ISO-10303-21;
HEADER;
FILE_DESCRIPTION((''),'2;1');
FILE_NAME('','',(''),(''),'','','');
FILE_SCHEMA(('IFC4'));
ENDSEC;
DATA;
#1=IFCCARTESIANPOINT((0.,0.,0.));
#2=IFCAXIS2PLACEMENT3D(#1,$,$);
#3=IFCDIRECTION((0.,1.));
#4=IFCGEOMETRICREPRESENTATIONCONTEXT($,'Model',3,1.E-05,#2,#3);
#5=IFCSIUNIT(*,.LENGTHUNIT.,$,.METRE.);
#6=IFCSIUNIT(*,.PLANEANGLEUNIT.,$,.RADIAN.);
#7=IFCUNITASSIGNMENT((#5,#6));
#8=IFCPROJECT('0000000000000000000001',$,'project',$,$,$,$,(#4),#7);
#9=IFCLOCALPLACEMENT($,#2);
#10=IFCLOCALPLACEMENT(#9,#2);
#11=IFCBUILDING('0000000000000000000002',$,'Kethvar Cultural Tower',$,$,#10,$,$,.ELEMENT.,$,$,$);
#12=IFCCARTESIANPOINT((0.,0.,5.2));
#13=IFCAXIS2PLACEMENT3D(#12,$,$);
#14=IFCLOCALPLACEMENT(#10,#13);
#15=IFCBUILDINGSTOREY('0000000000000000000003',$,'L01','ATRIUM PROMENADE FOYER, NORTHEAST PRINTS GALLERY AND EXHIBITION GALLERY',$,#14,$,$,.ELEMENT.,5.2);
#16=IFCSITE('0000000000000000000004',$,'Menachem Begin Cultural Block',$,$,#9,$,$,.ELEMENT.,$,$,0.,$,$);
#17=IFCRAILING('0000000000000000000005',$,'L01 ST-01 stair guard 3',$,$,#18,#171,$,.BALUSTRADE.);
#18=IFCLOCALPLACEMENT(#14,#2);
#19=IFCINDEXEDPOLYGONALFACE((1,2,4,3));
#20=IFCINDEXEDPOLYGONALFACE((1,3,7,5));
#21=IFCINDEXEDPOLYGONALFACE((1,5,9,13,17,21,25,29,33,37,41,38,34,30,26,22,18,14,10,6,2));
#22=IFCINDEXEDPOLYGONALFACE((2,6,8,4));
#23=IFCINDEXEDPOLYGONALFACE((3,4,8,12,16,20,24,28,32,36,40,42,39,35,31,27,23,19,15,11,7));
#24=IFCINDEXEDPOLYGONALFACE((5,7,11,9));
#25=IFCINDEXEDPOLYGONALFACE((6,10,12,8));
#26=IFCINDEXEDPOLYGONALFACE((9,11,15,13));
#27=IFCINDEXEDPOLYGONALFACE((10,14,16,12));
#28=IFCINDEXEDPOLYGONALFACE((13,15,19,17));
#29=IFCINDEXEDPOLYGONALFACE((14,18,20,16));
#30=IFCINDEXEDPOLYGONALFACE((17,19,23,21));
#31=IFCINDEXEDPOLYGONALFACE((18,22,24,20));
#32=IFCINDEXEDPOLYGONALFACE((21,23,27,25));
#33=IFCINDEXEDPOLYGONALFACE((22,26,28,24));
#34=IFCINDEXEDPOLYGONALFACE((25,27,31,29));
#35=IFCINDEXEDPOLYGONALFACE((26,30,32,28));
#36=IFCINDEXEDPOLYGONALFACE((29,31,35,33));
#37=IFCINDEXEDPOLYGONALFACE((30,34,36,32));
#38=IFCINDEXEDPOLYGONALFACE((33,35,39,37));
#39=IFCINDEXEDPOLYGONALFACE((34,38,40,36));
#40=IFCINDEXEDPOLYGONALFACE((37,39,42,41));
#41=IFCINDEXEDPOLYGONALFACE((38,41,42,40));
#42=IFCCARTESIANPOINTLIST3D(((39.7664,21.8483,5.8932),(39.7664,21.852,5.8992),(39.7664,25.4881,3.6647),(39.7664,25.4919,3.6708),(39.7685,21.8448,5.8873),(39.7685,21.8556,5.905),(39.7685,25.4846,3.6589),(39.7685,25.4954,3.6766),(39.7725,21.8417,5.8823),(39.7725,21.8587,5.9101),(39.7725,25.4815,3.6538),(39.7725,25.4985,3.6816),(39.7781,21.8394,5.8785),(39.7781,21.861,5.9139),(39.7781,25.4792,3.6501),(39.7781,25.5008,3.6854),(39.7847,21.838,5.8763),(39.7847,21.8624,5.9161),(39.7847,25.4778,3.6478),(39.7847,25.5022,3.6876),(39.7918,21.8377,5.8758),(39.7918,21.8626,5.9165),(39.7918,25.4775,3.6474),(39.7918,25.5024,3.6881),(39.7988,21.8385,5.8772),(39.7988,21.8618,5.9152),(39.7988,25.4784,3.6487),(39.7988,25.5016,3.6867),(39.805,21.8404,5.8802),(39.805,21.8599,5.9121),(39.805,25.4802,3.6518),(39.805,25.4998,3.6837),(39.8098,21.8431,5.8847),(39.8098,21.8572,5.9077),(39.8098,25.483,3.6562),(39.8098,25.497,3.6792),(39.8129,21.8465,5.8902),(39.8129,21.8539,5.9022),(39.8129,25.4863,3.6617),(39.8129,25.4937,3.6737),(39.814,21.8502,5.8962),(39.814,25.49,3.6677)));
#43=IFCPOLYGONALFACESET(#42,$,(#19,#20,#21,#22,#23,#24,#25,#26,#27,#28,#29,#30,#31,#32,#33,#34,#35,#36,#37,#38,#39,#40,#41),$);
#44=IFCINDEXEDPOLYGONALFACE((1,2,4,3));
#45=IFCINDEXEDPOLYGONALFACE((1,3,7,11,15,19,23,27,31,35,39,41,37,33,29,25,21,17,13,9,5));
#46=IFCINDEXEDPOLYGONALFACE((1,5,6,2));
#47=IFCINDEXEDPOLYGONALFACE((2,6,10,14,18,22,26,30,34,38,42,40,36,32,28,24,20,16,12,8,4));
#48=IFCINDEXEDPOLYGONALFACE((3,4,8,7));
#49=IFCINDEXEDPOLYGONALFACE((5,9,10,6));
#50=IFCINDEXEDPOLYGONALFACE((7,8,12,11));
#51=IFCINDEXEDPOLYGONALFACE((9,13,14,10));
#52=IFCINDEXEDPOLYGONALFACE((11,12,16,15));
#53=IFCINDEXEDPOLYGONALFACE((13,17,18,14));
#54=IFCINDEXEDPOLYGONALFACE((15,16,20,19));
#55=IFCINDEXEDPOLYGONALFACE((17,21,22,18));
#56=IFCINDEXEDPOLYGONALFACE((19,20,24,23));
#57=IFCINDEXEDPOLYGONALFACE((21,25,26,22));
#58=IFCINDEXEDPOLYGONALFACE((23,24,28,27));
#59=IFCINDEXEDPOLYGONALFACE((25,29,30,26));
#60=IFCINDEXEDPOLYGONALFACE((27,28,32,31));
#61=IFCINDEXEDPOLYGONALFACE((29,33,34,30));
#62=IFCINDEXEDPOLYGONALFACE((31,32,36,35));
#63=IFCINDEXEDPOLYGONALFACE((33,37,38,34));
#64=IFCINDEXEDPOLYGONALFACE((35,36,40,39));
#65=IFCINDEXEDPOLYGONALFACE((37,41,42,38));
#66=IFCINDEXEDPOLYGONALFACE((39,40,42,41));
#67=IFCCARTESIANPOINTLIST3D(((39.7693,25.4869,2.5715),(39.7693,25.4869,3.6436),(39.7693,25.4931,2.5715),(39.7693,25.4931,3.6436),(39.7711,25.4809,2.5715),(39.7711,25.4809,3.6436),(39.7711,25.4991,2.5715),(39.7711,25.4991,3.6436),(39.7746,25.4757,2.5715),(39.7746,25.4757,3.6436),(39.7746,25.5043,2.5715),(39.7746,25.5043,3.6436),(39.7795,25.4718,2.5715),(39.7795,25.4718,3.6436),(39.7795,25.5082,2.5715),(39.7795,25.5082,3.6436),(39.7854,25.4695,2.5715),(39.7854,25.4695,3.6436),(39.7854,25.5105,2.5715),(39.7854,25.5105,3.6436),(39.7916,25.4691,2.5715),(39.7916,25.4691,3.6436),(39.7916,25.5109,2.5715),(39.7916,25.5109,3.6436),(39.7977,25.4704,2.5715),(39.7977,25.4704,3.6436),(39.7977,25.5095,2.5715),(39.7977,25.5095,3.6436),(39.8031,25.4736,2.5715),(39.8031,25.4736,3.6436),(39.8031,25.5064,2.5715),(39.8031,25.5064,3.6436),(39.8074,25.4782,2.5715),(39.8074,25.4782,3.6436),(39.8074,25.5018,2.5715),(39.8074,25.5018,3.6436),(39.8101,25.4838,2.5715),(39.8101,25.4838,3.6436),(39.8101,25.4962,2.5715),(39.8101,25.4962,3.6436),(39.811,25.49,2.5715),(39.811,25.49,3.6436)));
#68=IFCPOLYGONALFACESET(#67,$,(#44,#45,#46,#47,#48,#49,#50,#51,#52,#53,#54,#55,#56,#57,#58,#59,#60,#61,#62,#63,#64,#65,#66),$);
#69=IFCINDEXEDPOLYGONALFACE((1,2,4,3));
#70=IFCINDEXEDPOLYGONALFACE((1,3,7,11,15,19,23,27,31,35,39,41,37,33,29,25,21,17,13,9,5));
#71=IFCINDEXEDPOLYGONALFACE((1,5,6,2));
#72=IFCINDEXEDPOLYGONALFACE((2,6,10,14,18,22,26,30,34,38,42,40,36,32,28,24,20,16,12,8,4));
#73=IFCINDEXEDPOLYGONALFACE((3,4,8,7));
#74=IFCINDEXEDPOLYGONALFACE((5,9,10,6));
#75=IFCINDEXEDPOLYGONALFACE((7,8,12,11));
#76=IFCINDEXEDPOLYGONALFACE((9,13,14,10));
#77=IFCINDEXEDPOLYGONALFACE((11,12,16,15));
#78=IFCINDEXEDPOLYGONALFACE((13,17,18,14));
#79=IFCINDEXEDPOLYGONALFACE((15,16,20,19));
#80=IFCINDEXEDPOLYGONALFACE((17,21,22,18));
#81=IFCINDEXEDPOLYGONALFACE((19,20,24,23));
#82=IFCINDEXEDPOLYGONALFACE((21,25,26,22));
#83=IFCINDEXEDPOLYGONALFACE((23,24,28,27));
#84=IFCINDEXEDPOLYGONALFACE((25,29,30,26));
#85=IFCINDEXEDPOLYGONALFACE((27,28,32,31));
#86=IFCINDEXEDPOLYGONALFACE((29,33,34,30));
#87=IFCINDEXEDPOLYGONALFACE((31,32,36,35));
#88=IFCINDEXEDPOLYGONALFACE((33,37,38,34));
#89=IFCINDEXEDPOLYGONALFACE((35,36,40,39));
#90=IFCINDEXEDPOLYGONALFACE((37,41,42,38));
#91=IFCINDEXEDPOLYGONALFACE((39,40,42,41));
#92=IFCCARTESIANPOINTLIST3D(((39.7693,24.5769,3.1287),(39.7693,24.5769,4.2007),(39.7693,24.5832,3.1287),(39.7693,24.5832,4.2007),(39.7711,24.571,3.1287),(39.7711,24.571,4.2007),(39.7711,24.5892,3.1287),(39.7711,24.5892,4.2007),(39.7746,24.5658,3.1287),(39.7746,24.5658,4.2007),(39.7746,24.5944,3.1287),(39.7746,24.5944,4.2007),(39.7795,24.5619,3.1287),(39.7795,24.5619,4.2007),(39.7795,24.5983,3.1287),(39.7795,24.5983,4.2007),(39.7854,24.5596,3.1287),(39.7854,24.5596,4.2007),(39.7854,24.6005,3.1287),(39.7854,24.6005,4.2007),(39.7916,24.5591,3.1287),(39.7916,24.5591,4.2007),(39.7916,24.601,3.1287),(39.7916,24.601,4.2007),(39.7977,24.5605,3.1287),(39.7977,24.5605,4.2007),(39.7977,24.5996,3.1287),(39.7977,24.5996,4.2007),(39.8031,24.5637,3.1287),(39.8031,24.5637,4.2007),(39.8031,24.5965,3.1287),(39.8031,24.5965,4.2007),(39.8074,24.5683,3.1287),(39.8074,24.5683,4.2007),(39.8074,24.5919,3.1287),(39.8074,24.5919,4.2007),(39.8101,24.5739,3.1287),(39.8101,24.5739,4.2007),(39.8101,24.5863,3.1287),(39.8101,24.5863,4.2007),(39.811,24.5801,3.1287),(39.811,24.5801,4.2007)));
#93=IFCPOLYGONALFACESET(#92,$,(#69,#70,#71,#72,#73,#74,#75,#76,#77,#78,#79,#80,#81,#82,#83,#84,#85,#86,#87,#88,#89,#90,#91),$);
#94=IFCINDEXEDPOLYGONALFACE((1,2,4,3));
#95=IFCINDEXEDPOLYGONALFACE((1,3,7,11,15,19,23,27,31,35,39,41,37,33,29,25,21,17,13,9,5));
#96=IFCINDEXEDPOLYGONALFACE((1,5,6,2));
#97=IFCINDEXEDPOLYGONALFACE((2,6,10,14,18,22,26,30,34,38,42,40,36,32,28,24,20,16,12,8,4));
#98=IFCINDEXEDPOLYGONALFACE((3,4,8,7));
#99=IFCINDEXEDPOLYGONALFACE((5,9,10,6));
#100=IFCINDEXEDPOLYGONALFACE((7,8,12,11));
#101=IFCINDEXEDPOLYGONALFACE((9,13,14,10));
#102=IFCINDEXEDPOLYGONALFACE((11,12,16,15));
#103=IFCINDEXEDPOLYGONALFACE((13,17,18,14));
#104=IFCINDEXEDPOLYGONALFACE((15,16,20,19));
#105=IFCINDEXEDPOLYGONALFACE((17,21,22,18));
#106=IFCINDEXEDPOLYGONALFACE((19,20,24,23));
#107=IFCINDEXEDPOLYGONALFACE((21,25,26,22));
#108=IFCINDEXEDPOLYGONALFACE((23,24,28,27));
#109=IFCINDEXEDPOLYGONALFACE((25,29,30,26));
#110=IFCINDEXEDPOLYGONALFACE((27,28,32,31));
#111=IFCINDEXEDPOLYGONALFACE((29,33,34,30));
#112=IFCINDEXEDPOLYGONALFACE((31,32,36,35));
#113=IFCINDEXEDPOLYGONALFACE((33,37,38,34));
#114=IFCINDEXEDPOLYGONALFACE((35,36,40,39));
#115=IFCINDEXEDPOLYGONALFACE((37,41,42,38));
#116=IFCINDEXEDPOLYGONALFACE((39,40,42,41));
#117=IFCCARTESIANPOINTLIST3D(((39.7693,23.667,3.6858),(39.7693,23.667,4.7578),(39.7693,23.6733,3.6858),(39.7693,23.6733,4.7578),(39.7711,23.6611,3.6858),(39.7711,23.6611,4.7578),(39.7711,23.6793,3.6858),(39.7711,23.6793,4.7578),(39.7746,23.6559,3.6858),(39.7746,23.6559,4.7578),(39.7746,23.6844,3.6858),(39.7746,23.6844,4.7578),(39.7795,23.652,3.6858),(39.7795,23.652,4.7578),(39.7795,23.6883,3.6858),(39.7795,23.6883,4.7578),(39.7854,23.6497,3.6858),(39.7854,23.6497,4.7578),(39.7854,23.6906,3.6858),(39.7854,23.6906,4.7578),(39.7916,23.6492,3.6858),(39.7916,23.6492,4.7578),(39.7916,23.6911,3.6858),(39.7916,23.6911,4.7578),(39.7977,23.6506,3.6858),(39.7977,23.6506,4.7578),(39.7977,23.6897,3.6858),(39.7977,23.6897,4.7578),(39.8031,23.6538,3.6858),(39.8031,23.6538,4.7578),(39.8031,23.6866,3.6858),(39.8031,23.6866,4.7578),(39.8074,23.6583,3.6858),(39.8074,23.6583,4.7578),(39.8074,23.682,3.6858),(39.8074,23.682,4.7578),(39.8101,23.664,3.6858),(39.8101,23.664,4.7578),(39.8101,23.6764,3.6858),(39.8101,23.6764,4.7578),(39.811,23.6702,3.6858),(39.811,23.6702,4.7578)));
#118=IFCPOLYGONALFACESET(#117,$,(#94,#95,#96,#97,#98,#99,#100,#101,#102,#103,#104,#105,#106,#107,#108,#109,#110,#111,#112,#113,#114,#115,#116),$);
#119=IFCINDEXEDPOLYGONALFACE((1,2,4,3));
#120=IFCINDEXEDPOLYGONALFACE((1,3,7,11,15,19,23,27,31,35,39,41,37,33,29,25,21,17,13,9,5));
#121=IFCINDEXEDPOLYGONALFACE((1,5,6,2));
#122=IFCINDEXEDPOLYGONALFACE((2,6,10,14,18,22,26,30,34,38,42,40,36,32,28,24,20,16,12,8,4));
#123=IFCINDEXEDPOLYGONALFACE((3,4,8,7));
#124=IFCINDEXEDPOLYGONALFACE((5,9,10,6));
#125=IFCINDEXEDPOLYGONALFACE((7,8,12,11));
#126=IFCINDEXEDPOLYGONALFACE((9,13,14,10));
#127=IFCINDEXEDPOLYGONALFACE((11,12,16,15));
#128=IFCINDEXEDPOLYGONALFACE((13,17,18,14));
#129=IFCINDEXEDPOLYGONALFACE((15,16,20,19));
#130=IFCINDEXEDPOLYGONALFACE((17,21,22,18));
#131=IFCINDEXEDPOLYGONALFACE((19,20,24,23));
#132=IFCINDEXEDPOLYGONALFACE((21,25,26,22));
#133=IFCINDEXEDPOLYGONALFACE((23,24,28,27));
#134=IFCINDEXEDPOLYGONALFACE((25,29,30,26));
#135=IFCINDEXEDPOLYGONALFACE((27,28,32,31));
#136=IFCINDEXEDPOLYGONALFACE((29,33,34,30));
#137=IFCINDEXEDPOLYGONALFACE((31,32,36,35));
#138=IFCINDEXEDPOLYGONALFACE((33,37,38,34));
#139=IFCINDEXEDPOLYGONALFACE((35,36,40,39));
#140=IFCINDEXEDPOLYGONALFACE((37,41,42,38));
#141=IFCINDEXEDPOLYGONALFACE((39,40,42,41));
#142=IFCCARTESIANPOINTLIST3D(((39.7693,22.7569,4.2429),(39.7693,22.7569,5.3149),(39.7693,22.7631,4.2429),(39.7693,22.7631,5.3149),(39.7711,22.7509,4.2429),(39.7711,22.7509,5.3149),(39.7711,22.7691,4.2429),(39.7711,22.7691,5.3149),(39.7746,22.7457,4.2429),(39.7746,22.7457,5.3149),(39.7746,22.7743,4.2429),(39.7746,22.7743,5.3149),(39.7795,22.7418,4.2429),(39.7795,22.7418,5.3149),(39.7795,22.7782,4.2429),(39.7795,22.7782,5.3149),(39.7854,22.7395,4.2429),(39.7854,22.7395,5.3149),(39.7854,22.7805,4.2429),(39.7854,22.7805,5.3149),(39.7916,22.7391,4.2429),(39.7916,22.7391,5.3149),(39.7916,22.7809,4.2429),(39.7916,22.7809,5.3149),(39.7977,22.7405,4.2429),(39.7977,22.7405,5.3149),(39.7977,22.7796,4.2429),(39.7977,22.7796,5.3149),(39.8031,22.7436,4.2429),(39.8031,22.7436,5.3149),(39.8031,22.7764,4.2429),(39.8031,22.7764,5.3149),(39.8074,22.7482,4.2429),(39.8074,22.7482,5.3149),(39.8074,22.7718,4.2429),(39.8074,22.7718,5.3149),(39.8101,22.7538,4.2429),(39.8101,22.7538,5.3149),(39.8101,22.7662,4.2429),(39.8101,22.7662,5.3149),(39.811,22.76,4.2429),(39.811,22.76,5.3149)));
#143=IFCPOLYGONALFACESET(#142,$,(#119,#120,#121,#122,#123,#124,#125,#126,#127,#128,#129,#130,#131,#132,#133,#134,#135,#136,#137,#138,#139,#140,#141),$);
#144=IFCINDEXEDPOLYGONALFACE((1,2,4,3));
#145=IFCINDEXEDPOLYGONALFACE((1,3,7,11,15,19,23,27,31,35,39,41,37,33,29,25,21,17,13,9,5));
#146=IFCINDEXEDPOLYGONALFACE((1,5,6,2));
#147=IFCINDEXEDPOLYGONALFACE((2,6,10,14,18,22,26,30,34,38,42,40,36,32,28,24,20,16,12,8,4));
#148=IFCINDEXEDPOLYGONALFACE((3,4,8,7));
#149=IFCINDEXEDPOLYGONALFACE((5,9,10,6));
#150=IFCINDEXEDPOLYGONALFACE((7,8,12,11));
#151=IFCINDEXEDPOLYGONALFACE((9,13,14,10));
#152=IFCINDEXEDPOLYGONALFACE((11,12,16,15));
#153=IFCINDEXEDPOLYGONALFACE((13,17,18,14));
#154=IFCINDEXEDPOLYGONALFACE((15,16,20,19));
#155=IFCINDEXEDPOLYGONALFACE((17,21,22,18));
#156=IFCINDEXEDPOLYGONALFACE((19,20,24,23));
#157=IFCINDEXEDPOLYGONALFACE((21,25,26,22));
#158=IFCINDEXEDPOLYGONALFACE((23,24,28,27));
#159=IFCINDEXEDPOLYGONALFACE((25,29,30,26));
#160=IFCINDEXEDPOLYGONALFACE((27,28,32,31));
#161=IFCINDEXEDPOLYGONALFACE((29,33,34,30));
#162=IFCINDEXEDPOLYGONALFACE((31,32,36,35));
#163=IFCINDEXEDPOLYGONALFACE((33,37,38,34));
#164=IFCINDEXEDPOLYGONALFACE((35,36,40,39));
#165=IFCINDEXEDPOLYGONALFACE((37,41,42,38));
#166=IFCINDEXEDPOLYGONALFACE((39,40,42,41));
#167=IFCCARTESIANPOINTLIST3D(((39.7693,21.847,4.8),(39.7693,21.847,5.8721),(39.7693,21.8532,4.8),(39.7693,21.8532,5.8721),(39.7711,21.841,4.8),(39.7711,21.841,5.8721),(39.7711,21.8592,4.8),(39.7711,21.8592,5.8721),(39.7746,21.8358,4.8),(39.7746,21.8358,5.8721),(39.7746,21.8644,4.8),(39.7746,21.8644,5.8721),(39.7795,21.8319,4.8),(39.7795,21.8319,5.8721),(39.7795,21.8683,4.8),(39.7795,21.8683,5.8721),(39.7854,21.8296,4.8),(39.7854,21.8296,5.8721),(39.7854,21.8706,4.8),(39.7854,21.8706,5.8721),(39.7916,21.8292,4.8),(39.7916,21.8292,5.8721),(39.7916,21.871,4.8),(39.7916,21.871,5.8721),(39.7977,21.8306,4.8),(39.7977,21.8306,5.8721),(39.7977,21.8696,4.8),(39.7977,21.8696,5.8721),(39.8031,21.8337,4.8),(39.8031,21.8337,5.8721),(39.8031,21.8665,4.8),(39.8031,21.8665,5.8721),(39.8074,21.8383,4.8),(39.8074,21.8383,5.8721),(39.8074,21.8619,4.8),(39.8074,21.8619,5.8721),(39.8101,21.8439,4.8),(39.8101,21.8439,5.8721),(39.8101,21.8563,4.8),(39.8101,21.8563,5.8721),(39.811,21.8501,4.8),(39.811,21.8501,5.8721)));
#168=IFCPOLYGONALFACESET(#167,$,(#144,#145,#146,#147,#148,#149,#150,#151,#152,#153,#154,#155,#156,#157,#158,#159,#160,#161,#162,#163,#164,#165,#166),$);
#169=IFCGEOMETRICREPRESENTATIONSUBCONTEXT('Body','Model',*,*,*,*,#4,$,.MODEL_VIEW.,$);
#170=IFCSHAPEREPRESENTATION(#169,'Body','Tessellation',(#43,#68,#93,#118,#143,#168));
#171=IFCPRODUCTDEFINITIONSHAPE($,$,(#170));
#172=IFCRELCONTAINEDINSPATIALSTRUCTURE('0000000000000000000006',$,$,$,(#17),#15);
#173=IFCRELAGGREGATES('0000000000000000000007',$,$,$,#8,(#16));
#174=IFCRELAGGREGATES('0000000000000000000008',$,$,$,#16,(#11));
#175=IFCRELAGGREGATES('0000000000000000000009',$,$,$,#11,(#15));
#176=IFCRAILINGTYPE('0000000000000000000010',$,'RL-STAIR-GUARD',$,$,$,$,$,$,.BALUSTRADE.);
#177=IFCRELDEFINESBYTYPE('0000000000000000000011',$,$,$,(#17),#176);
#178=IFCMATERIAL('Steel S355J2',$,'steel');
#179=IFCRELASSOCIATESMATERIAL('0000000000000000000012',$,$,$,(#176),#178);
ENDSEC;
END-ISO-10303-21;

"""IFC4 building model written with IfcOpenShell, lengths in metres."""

from ifc_helpers import new_model, si_unit, direction, frame, origin, origin_2d, place, context, subcontext, project, spatial, circle, extrude, material, type_object, element, save


model = new_model("IFC4")

# Units and contexts
model_context = context("Model", 3, precision=1e-05, world=origin(), true_north=direction((0.0, 1.0)))
body_context = subcontext(model_context, "Body", "Model", "MODEL_VIEW")
ifc_project = project(units=[si_unit("LENGTHUNIT", "METRE"), si_unit("PLANEANGLEUNIT", "RADIAN")], contexts=[model_context])

# Site, building, storey
site_placement = place(None, origin())
site = spatial("IfcSite", under=ifc_project, at=site_placement, Name="Menachem Begin Cultural Block", CompositionType="ELEMENT", RefElevation=0.0)
building_placement = place(site_placement, origin())
building = spatial("IfcBuilding", under=site, at=building_placement, Name="Kethvar Cultural Tower", CompositionType="ELEMENT")
storey_placement = place(building_placement, frame((0.0, 0.0, 5.2)))
storey = spatial("IfcBuildingStorey", under=building, at=storey_placement, Name="L01", Description="ATRIUM PROMENADE FOYER, NORTHEAST PRINTS GALLERY AND EXHIBITION GALLERY", CompositionType="ELEMENT", Elevation=5.2)

# Shared definitions
ifc_material_1 = material(Name="Steel S355J2", Category="steel")

# Railing
railing_type_1 = type_object("IfcRailingType", Name="RL-STAIR-GUARD", PredefinedType="BALUSTRADE", material=ifc_material_1)
railing_1_placement = place(storey_placement, frame((39.79, 25.49, 2.5715)))
element("IfcRailing", 1, at=railing_1_placement, inside=storey, type_object=railing_type_1, Name="L01 ST-01 stair guard 3", PredefinedType="BALUSTRADE", context=body_context, shape_type="SweptSolid", body=[
    extrude(circle(Radius=0.0239, at=origin_2d()), frame((0.0, 0.0, 1.0962), z_axis=(0.0, -0.85285, 0.522156), x_axis=(1.0, 0.0, 0.0)), (0.0, 0.0, 1.0), 4.2678),
    extrude(circle(Radius=0.021, at=origin_2d()), origin(), (0.0, 0.0, 1.0), 1.072),
    extrude(circle(Radius=0.021, at=origin_2d()), frame((0.0, -0.9099, 0.5571)), (0.0, 0.0, 1.0), 1.072),
    extrude(circle(Radius=0.021, at=origin_2d()), frame((0.0, -1.8198, 1.1143)), (0.0, 0.0, 1.0), 1.072),
    extrude(circle(Radius=0.021, at=origin_2d()), frame((0.0, -2.73, 1.6714)), (0.0, 0.0, 1.0), 1.072),
    extrude(circle(Radius=0.021, at=origin_2d()), frame((0.0, -3.6399, 2.2285)), (0.0, 0.0, 1.0), 1.072),
])

save(model, "model.ifc")
